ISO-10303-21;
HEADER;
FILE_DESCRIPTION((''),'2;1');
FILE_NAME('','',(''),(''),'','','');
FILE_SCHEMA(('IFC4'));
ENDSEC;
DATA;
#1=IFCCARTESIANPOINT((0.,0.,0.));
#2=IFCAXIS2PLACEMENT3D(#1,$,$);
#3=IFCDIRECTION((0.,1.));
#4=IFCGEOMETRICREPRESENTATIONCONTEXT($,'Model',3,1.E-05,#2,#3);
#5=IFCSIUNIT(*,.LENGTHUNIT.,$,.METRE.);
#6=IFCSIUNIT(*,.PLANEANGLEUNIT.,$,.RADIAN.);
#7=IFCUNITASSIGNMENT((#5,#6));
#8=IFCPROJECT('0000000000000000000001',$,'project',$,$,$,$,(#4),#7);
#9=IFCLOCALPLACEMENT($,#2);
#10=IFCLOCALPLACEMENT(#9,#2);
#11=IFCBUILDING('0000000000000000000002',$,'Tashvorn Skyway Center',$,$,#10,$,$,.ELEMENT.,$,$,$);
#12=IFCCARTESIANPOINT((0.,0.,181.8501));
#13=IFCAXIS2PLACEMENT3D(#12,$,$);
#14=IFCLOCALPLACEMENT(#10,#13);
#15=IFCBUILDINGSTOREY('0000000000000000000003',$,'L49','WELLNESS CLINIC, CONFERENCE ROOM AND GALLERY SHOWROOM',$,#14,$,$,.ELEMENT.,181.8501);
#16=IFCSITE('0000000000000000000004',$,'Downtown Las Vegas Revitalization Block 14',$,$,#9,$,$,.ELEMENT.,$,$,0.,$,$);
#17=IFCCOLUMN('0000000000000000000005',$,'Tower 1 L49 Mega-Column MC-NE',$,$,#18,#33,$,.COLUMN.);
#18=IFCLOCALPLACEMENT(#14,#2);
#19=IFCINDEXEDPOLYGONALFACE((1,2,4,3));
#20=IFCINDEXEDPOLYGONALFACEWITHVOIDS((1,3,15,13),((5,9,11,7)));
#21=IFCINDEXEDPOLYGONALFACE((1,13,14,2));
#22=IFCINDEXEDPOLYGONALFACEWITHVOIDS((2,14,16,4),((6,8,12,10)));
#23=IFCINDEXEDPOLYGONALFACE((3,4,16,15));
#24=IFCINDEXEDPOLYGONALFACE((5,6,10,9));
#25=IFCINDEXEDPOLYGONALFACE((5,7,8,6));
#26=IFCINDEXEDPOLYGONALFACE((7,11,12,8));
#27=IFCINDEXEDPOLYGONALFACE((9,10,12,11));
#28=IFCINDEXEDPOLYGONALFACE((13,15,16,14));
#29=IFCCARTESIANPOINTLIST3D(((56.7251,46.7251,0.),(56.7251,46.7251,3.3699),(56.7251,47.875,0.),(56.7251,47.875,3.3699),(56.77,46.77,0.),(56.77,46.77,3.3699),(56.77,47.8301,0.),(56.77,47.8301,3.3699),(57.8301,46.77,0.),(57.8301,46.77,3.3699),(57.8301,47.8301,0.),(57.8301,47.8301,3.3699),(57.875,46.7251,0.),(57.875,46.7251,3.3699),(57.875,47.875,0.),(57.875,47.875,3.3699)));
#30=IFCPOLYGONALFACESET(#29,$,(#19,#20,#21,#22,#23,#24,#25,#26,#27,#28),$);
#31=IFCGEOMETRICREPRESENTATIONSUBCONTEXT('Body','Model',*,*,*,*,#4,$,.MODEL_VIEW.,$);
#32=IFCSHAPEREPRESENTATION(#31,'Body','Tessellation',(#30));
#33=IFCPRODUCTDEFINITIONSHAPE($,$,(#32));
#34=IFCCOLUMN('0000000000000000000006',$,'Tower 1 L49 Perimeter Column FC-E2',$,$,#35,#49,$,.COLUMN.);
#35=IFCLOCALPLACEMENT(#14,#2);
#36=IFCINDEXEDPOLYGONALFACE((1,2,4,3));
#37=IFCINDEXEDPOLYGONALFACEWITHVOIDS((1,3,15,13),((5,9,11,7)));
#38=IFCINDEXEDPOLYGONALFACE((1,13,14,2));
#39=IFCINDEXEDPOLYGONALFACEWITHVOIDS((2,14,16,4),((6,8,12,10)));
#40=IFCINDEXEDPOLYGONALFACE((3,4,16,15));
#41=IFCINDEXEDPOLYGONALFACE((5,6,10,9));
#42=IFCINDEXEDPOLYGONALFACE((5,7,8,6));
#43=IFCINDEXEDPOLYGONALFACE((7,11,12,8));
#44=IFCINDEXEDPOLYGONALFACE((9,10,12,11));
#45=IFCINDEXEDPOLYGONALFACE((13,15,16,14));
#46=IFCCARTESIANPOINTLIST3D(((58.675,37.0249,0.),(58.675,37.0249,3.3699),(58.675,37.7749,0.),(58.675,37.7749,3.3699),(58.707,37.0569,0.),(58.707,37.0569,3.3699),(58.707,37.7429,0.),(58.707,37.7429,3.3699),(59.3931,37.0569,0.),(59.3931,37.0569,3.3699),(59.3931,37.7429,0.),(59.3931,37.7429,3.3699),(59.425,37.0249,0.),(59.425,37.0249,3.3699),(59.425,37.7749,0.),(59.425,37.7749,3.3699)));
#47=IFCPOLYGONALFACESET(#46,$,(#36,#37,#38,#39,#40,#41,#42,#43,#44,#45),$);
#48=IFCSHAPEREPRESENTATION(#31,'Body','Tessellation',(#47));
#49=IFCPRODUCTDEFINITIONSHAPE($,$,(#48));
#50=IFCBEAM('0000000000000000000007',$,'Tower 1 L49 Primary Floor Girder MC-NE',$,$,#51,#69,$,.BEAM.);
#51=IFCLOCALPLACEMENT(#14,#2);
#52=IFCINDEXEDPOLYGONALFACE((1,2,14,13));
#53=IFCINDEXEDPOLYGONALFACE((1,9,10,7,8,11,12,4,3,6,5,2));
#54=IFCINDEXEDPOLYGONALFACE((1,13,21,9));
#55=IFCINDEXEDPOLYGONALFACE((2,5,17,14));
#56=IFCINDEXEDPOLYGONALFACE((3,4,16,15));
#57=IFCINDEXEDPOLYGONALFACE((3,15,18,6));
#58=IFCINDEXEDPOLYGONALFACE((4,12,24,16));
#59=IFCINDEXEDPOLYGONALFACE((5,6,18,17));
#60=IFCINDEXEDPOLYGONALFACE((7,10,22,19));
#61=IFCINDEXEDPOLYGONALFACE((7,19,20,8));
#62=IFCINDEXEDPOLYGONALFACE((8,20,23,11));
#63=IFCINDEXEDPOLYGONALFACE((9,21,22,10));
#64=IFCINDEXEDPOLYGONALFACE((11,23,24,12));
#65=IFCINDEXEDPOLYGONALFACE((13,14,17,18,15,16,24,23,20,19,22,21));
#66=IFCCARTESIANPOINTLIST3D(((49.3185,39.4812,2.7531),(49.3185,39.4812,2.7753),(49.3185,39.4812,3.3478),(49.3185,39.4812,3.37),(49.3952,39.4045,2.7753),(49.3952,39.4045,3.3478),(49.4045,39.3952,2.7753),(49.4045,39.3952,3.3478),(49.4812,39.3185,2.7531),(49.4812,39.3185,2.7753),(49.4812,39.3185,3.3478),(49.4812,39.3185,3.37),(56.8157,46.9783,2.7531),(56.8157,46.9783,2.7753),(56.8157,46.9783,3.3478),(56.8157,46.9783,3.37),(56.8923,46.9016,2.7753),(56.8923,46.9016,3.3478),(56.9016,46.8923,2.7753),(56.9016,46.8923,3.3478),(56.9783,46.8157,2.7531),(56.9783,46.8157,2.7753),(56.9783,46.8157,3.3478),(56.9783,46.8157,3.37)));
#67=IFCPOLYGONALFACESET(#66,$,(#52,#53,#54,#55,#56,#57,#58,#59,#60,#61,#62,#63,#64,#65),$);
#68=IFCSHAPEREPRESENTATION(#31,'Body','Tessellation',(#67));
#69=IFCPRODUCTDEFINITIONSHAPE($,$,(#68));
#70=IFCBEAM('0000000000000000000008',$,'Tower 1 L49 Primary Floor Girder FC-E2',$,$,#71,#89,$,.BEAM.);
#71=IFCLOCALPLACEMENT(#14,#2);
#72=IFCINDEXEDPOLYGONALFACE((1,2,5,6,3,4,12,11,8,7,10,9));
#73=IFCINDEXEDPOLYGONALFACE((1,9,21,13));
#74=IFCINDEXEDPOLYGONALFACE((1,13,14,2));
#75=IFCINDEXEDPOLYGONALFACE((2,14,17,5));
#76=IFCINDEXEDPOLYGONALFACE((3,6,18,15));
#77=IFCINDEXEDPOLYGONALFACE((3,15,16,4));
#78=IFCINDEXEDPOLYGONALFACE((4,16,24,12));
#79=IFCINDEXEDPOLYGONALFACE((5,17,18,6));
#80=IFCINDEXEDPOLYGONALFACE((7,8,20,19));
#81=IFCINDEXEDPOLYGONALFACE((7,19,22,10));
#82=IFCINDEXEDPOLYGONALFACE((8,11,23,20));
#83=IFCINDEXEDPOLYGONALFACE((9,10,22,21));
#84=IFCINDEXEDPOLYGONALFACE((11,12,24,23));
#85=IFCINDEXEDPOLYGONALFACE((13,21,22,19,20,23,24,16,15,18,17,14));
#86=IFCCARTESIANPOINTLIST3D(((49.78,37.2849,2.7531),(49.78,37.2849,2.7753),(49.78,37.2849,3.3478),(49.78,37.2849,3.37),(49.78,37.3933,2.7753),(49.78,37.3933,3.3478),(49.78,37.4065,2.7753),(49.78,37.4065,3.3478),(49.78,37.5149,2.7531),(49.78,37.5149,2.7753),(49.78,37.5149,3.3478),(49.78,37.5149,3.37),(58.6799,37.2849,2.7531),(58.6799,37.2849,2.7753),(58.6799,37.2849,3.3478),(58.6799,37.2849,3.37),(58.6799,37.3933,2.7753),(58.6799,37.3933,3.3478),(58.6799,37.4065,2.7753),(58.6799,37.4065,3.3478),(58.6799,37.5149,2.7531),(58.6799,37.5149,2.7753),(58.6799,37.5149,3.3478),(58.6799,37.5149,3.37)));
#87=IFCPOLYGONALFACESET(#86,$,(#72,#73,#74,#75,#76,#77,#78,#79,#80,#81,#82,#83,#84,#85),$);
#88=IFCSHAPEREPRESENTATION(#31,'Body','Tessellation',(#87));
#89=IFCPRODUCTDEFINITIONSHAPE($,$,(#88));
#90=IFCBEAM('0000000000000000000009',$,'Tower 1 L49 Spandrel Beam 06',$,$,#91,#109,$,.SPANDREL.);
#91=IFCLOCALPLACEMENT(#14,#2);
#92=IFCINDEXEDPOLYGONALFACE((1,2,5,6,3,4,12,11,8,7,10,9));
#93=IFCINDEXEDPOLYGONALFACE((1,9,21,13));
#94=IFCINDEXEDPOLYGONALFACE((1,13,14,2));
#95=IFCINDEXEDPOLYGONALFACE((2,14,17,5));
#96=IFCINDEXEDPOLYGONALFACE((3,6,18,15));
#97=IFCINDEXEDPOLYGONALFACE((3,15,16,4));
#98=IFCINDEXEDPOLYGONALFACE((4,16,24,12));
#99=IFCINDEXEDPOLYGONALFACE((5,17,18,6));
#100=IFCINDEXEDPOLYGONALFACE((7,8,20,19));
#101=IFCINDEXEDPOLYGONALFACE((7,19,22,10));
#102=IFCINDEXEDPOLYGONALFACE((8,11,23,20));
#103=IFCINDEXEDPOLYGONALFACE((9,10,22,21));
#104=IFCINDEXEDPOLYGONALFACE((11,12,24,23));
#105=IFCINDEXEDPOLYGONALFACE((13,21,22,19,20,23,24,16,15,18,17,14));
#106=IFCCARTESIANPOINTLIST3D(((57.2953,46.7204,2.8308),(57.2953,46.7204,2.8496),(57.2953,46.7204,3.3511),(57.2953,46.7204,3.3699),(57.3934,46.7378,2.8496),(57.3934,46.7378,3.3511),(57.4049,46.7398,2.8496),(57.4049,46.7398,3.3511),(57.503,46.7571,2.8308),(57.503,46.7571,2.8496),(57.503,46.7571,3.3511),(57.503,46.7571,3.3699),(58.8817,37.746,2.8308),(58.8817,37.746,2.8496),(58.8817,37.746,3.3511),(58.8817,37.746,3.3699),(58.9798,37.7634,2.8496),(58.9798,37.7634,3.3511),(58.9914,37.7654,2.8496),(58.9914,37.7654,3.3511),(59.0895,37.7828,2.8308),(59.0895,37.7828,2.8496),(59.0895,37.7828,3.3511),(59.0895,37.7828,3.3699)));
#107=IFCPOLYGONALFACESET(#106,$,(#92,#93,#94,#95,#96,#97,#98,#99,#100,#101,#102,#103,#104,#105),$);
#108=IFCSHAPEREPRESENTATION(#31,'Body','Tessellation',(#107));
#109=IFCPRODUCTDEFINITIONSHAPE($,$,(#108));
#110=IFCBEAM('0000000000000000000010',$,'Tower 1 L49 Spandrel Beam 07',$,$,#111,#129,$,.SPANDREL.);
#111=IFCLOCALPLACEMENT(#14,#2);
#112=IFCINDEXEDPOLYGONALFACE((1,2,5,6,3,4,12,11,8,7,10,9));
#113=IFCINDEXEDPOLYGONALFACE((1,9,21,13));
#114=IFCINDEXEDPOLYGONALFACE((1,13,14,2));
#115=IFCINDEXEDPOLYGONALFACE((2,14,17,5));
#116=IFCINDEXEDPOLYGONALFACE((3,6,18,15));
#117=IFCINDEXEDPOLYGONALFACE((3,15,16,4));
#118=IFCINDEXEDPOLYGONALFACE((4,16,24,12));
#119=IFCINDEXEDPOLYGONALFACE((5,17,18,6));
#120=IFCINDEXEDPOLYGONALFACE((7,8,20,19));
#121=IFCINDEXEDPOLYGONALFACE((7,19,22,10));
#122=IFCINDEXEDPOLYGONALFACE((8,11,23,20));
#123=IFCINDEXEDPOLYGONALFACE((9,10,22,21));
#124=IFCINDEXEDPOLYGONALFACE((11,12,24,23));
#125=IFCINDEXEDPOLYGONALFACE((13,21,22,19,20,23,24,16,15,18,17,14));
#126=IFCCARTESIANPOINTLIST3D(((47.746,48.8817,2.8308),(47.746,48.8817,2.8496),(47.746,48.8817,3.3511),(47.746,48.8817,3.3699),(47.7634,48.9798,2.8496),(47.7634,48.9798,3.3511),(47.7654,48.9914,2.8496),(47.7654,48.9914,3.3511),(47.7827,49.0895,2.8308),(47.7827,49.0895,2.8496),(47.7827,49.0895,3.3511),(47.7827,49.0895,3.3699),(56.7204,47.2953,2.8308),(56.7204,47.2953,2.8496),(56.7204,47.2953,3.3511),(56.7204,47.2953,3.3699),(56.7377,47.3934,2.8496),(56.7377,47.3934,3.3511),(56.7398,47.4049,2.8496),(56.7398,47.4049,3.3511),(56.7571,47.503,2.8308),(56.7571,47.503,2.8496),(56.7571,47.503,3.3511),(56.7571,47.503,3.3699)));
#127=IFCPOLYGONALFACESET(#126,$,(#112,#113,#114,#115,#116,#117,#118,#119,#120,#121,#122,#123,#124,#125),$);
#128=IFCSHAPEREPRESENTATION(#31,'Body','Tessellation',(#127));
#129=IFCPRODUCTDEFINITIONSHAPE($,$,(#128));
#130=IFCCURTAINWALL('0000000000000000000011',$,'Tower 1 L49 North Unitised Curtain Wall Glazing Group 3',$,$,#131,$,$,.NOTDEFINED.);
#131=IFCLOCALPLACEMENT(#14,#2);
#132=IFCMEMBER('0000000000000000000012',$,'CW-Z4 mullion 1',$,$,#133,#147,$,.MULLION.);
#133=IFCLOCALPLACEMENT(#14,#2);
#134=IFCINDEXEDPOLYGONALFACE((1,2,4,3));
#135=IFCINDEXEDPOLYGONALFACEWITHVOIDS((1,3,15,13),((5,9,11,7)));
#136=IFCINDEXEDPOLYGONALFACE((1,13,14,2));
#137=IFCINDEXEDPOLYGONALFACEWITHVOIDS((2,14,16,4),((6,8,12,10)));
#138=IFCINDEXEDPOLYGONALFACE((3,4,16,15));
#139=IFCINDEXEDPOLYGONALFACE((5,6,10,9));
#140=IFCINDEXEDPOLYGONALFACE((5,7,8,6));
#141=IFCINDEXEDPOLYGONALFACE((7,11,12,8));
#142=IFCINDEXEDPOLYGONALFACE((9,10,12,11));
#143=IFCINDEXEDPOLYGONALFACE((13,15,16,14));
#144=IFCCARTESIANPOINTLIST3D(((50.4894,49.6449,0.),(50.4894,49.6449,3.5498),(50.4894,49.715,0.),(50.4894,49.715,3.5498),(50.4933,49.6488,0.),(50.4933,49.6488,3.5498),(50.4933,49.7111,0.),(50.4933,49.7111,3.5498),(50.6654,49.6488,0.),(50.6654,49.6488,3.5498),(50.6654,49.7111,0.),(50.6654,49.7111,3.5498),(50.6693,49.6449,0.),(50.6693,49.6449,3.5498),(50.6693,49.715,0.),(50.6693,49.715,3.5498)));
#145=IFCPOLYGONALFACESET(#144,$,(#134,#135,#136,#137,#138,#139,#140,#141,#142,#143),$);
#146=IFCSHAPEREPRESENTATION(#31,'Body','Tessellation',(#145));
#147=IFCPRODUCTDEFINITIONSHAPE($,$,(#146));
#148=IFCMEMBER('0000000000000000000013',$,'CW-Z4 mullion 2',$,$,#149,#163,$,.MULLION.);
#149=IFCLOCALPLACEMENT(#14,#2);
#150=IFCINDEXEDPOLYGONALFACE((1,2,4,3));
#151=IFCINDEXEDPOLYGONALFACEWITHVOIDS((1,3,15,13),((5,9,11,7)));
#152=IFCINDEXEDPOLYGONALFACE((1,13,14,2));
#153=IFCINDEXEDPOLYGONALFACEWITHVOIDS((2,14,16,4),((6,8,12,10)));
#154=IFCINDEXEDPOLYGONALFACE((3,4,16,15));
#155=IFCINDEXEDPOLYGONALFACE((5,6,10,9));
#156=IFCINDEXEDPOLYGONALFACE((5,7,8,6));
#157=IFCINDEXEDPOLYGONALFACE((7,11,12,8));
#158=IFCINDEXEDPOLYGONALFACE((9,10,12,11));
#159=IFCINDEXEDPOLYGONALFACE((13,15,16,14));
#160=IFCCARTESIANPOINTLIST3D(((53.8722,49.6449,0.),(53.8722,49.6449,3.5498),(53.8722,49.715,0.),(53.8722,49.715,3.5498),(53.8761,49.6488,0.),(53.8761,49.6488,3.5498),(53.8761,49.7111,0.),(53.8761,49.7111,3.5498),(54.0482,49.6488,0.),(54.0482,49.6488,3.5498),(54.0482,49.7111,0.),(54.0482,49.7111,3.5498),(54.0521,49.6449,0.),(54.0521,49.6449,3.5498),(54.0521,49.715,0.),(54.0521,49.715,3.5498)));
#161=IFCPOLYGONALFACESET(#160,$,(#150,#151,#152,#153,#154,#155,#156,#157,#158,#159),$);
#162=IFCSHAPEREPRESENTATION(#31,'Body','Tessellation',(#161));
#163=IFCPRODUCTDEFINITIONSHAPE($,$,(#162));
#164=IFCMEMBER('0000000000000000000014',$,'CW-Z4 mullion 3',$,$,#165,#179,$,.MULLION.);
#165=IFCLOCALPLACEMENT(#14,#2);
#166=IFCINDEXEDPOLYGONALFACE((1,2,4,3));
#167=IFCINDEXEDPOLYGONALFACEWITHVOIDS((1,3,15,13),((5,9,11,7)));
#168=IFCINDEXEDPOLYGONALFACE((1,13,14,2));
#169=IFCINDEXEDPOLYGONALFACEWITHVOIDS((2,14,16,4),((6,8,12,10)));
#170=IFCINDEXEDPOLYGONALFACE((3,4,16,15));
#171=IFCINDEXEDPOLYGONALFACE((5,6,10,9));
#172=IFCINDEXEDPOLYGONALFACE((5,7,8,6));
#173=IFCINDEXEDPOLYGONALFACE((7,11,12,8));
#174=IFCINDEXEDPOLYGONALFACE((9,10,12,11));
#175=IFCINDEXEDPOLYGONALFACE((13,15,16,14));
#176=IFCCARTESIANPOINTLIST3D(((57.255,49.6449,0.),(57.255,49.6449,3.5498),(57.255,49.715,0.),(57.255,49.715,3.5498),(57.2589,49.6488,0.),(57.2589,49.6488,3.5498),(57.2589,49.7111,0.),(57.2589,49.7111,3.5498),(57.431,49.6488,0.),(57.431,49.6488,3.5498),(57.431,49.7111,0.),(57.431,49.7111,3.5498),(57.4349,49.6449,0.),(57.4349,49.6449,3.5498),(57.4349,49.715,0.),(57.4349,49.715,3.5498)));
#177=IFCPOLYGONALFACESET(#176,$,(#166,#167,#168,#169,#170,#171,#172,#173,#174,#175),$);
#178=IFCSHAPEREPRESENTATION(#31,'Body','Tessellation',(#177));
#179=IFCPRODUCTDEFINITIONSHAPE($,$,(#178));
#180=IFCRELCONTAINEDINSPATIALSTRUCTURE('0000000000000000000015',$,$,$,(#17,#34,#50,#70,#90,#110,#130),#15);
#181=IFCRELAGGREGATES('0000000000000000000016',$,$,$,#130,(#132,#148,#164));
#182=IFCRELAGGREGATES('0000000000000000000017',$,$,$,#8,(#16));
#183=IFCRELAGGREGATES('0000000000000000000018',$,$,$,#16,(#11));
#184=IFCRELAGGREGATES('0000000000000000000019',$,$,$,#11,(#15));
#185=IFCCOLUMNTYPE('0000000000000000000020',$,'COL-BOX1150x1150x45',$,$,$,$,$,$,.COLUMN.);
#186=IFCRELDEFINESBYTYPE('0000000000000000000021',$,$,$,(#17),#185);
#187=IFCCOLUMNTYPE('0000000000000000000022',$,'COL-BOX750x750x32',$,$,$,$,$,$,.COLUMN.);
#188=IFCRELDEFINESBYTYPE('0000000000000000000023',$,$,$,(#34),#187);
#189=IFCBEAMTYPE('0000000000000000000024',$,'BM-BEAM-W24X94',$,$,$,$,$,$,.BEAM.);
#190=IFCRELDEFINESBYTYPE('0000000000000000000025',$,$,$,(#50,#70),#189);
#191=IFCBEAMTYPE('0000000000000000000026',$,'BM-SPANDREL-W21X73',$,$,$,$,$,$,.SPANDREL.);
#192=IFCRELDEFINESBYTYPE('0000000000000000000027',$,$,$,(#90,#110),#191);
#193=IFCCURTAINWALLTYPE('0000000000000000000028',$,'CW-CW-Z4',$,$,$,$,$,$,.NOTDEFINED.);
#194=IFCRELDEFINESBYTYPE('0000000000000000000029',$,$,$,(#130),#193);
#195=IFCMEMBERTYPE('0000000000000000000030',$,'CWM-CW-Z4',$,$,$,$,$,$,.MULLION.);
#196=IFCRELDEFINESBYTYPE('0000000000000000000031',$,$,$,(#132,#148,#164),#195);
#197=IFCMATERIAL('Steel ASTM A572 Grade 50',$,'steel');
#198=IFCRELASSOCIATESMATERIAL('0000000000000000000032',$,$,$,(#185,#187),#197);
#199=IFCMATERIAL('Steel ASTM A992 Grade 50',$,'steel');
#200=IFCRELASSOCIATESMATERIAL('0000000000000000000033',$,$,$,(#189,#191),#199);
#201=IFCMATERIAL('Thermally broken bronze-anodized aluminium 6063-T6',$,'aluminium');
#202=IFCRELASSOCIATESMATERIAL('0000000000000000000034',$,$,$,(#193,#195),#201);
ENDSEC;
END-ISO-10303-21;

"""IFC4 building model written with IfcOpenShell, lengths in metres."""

from ifc_helpers import new_model, si_unit, direction, frame, origin, origin_2d, place, context, subcontext, project, spatial, hollow_rectangle, i_section, extrude, material, material_profile, profile_set, type_object, element, aggregate, save


model = new_model("IFC4")

# Units and contexts
model_context = context("Model", 3, precision=1e-05, world=origin(), true_north=direction((0.0, 1.0)))
body_context = subcontext(model_context, "Body", "Model", "MODEL_VIEW")
ifc_project = project(units=[si_unit("LENGTHUNIT", "METRE"), si_unit("PLANEANGLEUNIT", "RADIAN")], contexts=[model_context])

# Site, building, storey
site_placement = place(None, origin())
site = spatial("IfcSite", under=ifc_project, at=site_placement, Name="Downtown Las Vegas Revitalization Block 14", CompositionType="ELEMENT", RefElevation=0.0)
building_placement = place(site_placement, origin())
building = spatial("IfcBuilding", under=site, at=building_placement, Name="Tashvorn Skyway Center", CompositionType="ELEMENT")
storey_placement = place(building_placement, frame((0.0, 0.0, 181.8501)))
storey = spatial("IfcBuildingStorey", under=building, at=storey_placement, Name="L49", Description="WELLNESS CLINIC, CONFERENCE ROOM AND GALLERY SHOWROOM", CompositionType="ELEMENT", Elevation=181.8501)

# Columns
ifc_material_1 = material(Name="Steel ASTM A572 Grade 50", Category="steel")
ifc_material_profile_1 = material_profile(ifc_material_1, hollow_rectangle(XDim=1.1499, YDim=1.1499, WallThickness=0.0449, at=origin_2d()), Name="BOX1150x1150x45")
ifc_profile_set_1 = profile_set([ifc_material_profile_1], Name="Steel ASTM A572 Grade 50")
column_type_1 = type_object("IfcColumnType", Name="COL-BOX1150x1150x45", PredefinedType="COLUMN", material=ifc_profile_set_1)
column_1_placement = place(storey_placement, frame((57.3, 47.3, 0.0), z_axis=(0.0, 0.0, 1.0), x_axis=(1.0, 0.0, 0.0)))
element("IfcColumn", 1, at=column_1_placement, inside=storey, type_object=column_type_1, Name="Tower 1 L49 Mega-Column MC-NE", PredefinedType="COLUMN", context=body_context, shape_type="SweptSolid", body=[
    extrude(hollow_rectangle(XDim=1.1499, YDim=1.1499, WallThickness=0.0449, at=origin_2d()), origin(), (0.0, 0.0, 1.0), 3.3699),
])
ifc_material_profile_2 = material_profile(ifc_material_1, hollow_rectangle(XDim=0.75, YDim=0.75, WallThickness=0.032, at=origin_2d()), Name="BOX750x750x32")
ifc_profile_set_2 = profile_set([ifc_material_profile_2], Name="Steel ASTM A572 Grade 50")
column_type_2 = type_object("IfcColumnType", Name="COL-BOX750x750x32", PredefinedType="COLUMN", material=ifc_profile_set_2)
column_2_placement = place(storey_placement, frame((59.05, 37.3999, 0.0), z_axis=(0.0, 0.0, 1.0), x_axis=(1.0, 0.0, 0.0)))
element("IfcColumn", 2, at=column_2_placement, inside=storey, type_object=column_type_2, Name="Tower 1 L49 Perimeter Column FC-E2", PredefinedType="COLUMN", context=body_context, shape_type="SweptSolid", body=[
    extrude(hollow_rectangle(XDim=0.75, YDim=0.75, WallThickness=0.032, at=origin_2d()), origin(), (0.0, 0.0, 1.0), 3.3699),
])

# Beams
ifc_material_2 = material(Name="Steel ASTM A992 Grade 50", Category="steel")
ifc_material_profile_3 = material_profile(ifc_material_2, i_section(OverallWidth=0.23, OverallDepth=0.6169, WebThickness=0.0132, FlangeThickness=0.0222, at=origin_2d()), Name="W24X94")
ifc_profile_set_3 = profile_set([ifc_material_profile_3], Name="Steel ASTM A992 Grade 50")
beam_type_1 = type_object("IfcBeamType", Name="BM-BEAM-W24X94", PredefinedType="BEAM", material=ifc_profile_set_3)
beam_1_placement = place(storey_placement, frame((56.897, 46.897, 3.0615), z_axis=(-0.707107, -0.707107, 0.0), x_axis=(0.707107, -0.707107, 0.0)))
element("IfcBeam", 3, at=beam_1_placement, inside=storey, type_object=beam_type_1, Name="Tower 1 L49 Primary Floor Girder MC-NE", PredefinedType="BEAM", context=body_context, shape_type="SweptSolid", body=[
    extrude(i_section(OverallWidth=0.23, OverallDepth=0.6169, WebThickness=0.0132, FlangeThickness=0.0222, at=origin_2d()), origin(), (0.0, 0.0, 1.0), 10.6025),
])
beam_2_placement = place(storey_placement, frame((58.6799, 37.3999, 3.0615), z_axis=(-1.0, 0.0, 0.0), x_axis=(0.0, -1.0, 0.0)))
element("IfcBeam", 4, at=beam_2_placement, inside=storey, type_object=beam_type_1, Name="Tower 1 L49 Primary Floor Girder FC-E2", PredefinedType="BEAM", context=body_context, shape_type="SweptSolid", body=[
    extrude(i_section(OverallWidth=0.23, OverallDepth=0.6169, WebThickness=0.0132, FlangeThickness=0.0222, at=origin_2d()), origin(), (0.0, 0.0, 1.0), 8.8999),
])
ifc_material_profile_4 = material_profile(ifc_material_2, i_section(OverallWidth=0.2109, OverallDepth=0.5391, WebThickness=0.0117, FlangeThickness=0.0188, at=origin_2d()), Name="W21X73")
ifc_profile_set_4 = profile_set([ifc_material_profile_4], Name="Steel ASTM A992 Grade 50")
beam_type_2 = type_object("IfcBeamType", Name="BM-SPANDREL-W21X73", PredefinedType="SPANDREL", material=ifc_profile_set_4)
for number, where, z_axis, x_axis, name in (
    (5, (58.9856, 37.7644, 3.1003), (-0.174074, 0.984733, 0.0), (-0.984733, -0.174074, 0.0), "Tower 1 L49 Spandrel Beam 06"),
    (6, (56.7388, 47.3992, 3.1003), (-0.984733, 0.174074, 0.0), (-0.174074, -0.984733, 0.0), "Tower 1 L49 Spandrel Beam 07"),
):
    element("IfcBeam", number, at=place(storey_placement, frame(where, z_axis=z_axis, x_axis=x_axis)), inside=storey, type_object=beam_type_2, Name=name, PredefinedType="SPANDREL", context=body_context, shape_type="SweptSolid", body=[
        extrude(i_section(OverallWidth=0.2109, OverallDepth=0.5391, WebThickness=0.0117, FlangeThickness=0.0188, at=origin_2d()), origin(), (0.0, 0.0, 1.0), 9.1135),
    ])

# Curtain wall, members
ifc_material_3 = material(Name="Thermally broken bronze-anodized aluminium 6063-T6", Category="aluminium")
curtain_wall_type = type_object("IfcCurtainWallType", Name="CW-CW-Z4", PredefinedType="NOTDEFINED", material=ifc_material_3)
curtain_wall_1_placement = place(storey_placement, origin())
curtain_wall_1 = element("IfcCurtainWall", 7, at=curtain_wall_1_placement, inside=storey, type_object=curtain_wall_type, Name="Tower 1 L49 North Unitised Curtain Wall Glazing Group 3", PredefinedType="NOTDEFINED")
ifc_material_profile_5 = material_profile(ifc_material_3, hollow_rectangle(XDim=0.0701, YDim=0.1799, WallThickness=0.0039, at=origin_2d()), Name="ALU-MULL-70x180")
ifc_profile_set_5 = profile_set([ifc_material_profile_5], Name="Thermally broken bronze-anodized aluminium 6063-T6")
member_type_1 = type_object("IfcMemberType", Name="CWM-CW-Z4", PredefinedType="MULLION", material=ifc_profile_set_5)
member_1_placement = place(storey_placement, frame((50.5793, 49.6799, 0.0), z_axis=(0.0, 0.0, 1.0), x_axis=(0.0, 1.0, 0.0)))
member_1 = element("IfcMember", 8, at=member_1_placement, type_object=member_type_1, Name="CW-Z4 mullion 1", PredefinedType="MULLION", context=body_context, shape_type="SweptSolid", body=[
    extrude(hollow_rectangle(XDim=0.0701, YDim=0.1799, WallThickness=0.0039, at=origin_2d()), origin(), (0.0, 0.0, 1.0), 3.5498),
])
member_2_placement = place(storey_placement, frame((53.9622, 49.6799, 0.0), z_axis=(0.0, 0.0, 1.0), x_axis=(0.0, 1.0, 0.0)))
member_2 = element("IfcMember", 9, at=member_2_placement, type_object=member_type_1, Name="CW-Z4 mullion 2", PredefinedType="MULLION", context=body_context, shape_type="SweptSolid", body=[
    extrude(hollow_rectangle(XDim=0.0701, YDim=0.1799, WallThickness=0.0039, at=origin_2d()), origin(), (0.0, 0.0, 1.0), 3.5498),
])
member_3_placement = place(storey_placement, frame((57.345, 49.6799, 0.0), z_axis=(0.0, 0.0, 1.0), x_axis=(0.0, 1.0, 0.0)))
member_3 = element("IfcMember", 10, at=member_3_placement, type_object=member_type_1, Name="CW-Z4 mullion 3", PredefinedType="MULLION", context=body_context, shape_type="SweptSolid", body=[
    extrude(hollow_rectangle(XDim=0.0701, YDim=0.1799, WallThickness=0.0039, at=origin_2d()), origin(), (0.0, 0.0, 1.0), 3.5498),
])

aggregate(curtain_wall_1, [member_1, member_2, member_3])

save(model, "model.ifc")
